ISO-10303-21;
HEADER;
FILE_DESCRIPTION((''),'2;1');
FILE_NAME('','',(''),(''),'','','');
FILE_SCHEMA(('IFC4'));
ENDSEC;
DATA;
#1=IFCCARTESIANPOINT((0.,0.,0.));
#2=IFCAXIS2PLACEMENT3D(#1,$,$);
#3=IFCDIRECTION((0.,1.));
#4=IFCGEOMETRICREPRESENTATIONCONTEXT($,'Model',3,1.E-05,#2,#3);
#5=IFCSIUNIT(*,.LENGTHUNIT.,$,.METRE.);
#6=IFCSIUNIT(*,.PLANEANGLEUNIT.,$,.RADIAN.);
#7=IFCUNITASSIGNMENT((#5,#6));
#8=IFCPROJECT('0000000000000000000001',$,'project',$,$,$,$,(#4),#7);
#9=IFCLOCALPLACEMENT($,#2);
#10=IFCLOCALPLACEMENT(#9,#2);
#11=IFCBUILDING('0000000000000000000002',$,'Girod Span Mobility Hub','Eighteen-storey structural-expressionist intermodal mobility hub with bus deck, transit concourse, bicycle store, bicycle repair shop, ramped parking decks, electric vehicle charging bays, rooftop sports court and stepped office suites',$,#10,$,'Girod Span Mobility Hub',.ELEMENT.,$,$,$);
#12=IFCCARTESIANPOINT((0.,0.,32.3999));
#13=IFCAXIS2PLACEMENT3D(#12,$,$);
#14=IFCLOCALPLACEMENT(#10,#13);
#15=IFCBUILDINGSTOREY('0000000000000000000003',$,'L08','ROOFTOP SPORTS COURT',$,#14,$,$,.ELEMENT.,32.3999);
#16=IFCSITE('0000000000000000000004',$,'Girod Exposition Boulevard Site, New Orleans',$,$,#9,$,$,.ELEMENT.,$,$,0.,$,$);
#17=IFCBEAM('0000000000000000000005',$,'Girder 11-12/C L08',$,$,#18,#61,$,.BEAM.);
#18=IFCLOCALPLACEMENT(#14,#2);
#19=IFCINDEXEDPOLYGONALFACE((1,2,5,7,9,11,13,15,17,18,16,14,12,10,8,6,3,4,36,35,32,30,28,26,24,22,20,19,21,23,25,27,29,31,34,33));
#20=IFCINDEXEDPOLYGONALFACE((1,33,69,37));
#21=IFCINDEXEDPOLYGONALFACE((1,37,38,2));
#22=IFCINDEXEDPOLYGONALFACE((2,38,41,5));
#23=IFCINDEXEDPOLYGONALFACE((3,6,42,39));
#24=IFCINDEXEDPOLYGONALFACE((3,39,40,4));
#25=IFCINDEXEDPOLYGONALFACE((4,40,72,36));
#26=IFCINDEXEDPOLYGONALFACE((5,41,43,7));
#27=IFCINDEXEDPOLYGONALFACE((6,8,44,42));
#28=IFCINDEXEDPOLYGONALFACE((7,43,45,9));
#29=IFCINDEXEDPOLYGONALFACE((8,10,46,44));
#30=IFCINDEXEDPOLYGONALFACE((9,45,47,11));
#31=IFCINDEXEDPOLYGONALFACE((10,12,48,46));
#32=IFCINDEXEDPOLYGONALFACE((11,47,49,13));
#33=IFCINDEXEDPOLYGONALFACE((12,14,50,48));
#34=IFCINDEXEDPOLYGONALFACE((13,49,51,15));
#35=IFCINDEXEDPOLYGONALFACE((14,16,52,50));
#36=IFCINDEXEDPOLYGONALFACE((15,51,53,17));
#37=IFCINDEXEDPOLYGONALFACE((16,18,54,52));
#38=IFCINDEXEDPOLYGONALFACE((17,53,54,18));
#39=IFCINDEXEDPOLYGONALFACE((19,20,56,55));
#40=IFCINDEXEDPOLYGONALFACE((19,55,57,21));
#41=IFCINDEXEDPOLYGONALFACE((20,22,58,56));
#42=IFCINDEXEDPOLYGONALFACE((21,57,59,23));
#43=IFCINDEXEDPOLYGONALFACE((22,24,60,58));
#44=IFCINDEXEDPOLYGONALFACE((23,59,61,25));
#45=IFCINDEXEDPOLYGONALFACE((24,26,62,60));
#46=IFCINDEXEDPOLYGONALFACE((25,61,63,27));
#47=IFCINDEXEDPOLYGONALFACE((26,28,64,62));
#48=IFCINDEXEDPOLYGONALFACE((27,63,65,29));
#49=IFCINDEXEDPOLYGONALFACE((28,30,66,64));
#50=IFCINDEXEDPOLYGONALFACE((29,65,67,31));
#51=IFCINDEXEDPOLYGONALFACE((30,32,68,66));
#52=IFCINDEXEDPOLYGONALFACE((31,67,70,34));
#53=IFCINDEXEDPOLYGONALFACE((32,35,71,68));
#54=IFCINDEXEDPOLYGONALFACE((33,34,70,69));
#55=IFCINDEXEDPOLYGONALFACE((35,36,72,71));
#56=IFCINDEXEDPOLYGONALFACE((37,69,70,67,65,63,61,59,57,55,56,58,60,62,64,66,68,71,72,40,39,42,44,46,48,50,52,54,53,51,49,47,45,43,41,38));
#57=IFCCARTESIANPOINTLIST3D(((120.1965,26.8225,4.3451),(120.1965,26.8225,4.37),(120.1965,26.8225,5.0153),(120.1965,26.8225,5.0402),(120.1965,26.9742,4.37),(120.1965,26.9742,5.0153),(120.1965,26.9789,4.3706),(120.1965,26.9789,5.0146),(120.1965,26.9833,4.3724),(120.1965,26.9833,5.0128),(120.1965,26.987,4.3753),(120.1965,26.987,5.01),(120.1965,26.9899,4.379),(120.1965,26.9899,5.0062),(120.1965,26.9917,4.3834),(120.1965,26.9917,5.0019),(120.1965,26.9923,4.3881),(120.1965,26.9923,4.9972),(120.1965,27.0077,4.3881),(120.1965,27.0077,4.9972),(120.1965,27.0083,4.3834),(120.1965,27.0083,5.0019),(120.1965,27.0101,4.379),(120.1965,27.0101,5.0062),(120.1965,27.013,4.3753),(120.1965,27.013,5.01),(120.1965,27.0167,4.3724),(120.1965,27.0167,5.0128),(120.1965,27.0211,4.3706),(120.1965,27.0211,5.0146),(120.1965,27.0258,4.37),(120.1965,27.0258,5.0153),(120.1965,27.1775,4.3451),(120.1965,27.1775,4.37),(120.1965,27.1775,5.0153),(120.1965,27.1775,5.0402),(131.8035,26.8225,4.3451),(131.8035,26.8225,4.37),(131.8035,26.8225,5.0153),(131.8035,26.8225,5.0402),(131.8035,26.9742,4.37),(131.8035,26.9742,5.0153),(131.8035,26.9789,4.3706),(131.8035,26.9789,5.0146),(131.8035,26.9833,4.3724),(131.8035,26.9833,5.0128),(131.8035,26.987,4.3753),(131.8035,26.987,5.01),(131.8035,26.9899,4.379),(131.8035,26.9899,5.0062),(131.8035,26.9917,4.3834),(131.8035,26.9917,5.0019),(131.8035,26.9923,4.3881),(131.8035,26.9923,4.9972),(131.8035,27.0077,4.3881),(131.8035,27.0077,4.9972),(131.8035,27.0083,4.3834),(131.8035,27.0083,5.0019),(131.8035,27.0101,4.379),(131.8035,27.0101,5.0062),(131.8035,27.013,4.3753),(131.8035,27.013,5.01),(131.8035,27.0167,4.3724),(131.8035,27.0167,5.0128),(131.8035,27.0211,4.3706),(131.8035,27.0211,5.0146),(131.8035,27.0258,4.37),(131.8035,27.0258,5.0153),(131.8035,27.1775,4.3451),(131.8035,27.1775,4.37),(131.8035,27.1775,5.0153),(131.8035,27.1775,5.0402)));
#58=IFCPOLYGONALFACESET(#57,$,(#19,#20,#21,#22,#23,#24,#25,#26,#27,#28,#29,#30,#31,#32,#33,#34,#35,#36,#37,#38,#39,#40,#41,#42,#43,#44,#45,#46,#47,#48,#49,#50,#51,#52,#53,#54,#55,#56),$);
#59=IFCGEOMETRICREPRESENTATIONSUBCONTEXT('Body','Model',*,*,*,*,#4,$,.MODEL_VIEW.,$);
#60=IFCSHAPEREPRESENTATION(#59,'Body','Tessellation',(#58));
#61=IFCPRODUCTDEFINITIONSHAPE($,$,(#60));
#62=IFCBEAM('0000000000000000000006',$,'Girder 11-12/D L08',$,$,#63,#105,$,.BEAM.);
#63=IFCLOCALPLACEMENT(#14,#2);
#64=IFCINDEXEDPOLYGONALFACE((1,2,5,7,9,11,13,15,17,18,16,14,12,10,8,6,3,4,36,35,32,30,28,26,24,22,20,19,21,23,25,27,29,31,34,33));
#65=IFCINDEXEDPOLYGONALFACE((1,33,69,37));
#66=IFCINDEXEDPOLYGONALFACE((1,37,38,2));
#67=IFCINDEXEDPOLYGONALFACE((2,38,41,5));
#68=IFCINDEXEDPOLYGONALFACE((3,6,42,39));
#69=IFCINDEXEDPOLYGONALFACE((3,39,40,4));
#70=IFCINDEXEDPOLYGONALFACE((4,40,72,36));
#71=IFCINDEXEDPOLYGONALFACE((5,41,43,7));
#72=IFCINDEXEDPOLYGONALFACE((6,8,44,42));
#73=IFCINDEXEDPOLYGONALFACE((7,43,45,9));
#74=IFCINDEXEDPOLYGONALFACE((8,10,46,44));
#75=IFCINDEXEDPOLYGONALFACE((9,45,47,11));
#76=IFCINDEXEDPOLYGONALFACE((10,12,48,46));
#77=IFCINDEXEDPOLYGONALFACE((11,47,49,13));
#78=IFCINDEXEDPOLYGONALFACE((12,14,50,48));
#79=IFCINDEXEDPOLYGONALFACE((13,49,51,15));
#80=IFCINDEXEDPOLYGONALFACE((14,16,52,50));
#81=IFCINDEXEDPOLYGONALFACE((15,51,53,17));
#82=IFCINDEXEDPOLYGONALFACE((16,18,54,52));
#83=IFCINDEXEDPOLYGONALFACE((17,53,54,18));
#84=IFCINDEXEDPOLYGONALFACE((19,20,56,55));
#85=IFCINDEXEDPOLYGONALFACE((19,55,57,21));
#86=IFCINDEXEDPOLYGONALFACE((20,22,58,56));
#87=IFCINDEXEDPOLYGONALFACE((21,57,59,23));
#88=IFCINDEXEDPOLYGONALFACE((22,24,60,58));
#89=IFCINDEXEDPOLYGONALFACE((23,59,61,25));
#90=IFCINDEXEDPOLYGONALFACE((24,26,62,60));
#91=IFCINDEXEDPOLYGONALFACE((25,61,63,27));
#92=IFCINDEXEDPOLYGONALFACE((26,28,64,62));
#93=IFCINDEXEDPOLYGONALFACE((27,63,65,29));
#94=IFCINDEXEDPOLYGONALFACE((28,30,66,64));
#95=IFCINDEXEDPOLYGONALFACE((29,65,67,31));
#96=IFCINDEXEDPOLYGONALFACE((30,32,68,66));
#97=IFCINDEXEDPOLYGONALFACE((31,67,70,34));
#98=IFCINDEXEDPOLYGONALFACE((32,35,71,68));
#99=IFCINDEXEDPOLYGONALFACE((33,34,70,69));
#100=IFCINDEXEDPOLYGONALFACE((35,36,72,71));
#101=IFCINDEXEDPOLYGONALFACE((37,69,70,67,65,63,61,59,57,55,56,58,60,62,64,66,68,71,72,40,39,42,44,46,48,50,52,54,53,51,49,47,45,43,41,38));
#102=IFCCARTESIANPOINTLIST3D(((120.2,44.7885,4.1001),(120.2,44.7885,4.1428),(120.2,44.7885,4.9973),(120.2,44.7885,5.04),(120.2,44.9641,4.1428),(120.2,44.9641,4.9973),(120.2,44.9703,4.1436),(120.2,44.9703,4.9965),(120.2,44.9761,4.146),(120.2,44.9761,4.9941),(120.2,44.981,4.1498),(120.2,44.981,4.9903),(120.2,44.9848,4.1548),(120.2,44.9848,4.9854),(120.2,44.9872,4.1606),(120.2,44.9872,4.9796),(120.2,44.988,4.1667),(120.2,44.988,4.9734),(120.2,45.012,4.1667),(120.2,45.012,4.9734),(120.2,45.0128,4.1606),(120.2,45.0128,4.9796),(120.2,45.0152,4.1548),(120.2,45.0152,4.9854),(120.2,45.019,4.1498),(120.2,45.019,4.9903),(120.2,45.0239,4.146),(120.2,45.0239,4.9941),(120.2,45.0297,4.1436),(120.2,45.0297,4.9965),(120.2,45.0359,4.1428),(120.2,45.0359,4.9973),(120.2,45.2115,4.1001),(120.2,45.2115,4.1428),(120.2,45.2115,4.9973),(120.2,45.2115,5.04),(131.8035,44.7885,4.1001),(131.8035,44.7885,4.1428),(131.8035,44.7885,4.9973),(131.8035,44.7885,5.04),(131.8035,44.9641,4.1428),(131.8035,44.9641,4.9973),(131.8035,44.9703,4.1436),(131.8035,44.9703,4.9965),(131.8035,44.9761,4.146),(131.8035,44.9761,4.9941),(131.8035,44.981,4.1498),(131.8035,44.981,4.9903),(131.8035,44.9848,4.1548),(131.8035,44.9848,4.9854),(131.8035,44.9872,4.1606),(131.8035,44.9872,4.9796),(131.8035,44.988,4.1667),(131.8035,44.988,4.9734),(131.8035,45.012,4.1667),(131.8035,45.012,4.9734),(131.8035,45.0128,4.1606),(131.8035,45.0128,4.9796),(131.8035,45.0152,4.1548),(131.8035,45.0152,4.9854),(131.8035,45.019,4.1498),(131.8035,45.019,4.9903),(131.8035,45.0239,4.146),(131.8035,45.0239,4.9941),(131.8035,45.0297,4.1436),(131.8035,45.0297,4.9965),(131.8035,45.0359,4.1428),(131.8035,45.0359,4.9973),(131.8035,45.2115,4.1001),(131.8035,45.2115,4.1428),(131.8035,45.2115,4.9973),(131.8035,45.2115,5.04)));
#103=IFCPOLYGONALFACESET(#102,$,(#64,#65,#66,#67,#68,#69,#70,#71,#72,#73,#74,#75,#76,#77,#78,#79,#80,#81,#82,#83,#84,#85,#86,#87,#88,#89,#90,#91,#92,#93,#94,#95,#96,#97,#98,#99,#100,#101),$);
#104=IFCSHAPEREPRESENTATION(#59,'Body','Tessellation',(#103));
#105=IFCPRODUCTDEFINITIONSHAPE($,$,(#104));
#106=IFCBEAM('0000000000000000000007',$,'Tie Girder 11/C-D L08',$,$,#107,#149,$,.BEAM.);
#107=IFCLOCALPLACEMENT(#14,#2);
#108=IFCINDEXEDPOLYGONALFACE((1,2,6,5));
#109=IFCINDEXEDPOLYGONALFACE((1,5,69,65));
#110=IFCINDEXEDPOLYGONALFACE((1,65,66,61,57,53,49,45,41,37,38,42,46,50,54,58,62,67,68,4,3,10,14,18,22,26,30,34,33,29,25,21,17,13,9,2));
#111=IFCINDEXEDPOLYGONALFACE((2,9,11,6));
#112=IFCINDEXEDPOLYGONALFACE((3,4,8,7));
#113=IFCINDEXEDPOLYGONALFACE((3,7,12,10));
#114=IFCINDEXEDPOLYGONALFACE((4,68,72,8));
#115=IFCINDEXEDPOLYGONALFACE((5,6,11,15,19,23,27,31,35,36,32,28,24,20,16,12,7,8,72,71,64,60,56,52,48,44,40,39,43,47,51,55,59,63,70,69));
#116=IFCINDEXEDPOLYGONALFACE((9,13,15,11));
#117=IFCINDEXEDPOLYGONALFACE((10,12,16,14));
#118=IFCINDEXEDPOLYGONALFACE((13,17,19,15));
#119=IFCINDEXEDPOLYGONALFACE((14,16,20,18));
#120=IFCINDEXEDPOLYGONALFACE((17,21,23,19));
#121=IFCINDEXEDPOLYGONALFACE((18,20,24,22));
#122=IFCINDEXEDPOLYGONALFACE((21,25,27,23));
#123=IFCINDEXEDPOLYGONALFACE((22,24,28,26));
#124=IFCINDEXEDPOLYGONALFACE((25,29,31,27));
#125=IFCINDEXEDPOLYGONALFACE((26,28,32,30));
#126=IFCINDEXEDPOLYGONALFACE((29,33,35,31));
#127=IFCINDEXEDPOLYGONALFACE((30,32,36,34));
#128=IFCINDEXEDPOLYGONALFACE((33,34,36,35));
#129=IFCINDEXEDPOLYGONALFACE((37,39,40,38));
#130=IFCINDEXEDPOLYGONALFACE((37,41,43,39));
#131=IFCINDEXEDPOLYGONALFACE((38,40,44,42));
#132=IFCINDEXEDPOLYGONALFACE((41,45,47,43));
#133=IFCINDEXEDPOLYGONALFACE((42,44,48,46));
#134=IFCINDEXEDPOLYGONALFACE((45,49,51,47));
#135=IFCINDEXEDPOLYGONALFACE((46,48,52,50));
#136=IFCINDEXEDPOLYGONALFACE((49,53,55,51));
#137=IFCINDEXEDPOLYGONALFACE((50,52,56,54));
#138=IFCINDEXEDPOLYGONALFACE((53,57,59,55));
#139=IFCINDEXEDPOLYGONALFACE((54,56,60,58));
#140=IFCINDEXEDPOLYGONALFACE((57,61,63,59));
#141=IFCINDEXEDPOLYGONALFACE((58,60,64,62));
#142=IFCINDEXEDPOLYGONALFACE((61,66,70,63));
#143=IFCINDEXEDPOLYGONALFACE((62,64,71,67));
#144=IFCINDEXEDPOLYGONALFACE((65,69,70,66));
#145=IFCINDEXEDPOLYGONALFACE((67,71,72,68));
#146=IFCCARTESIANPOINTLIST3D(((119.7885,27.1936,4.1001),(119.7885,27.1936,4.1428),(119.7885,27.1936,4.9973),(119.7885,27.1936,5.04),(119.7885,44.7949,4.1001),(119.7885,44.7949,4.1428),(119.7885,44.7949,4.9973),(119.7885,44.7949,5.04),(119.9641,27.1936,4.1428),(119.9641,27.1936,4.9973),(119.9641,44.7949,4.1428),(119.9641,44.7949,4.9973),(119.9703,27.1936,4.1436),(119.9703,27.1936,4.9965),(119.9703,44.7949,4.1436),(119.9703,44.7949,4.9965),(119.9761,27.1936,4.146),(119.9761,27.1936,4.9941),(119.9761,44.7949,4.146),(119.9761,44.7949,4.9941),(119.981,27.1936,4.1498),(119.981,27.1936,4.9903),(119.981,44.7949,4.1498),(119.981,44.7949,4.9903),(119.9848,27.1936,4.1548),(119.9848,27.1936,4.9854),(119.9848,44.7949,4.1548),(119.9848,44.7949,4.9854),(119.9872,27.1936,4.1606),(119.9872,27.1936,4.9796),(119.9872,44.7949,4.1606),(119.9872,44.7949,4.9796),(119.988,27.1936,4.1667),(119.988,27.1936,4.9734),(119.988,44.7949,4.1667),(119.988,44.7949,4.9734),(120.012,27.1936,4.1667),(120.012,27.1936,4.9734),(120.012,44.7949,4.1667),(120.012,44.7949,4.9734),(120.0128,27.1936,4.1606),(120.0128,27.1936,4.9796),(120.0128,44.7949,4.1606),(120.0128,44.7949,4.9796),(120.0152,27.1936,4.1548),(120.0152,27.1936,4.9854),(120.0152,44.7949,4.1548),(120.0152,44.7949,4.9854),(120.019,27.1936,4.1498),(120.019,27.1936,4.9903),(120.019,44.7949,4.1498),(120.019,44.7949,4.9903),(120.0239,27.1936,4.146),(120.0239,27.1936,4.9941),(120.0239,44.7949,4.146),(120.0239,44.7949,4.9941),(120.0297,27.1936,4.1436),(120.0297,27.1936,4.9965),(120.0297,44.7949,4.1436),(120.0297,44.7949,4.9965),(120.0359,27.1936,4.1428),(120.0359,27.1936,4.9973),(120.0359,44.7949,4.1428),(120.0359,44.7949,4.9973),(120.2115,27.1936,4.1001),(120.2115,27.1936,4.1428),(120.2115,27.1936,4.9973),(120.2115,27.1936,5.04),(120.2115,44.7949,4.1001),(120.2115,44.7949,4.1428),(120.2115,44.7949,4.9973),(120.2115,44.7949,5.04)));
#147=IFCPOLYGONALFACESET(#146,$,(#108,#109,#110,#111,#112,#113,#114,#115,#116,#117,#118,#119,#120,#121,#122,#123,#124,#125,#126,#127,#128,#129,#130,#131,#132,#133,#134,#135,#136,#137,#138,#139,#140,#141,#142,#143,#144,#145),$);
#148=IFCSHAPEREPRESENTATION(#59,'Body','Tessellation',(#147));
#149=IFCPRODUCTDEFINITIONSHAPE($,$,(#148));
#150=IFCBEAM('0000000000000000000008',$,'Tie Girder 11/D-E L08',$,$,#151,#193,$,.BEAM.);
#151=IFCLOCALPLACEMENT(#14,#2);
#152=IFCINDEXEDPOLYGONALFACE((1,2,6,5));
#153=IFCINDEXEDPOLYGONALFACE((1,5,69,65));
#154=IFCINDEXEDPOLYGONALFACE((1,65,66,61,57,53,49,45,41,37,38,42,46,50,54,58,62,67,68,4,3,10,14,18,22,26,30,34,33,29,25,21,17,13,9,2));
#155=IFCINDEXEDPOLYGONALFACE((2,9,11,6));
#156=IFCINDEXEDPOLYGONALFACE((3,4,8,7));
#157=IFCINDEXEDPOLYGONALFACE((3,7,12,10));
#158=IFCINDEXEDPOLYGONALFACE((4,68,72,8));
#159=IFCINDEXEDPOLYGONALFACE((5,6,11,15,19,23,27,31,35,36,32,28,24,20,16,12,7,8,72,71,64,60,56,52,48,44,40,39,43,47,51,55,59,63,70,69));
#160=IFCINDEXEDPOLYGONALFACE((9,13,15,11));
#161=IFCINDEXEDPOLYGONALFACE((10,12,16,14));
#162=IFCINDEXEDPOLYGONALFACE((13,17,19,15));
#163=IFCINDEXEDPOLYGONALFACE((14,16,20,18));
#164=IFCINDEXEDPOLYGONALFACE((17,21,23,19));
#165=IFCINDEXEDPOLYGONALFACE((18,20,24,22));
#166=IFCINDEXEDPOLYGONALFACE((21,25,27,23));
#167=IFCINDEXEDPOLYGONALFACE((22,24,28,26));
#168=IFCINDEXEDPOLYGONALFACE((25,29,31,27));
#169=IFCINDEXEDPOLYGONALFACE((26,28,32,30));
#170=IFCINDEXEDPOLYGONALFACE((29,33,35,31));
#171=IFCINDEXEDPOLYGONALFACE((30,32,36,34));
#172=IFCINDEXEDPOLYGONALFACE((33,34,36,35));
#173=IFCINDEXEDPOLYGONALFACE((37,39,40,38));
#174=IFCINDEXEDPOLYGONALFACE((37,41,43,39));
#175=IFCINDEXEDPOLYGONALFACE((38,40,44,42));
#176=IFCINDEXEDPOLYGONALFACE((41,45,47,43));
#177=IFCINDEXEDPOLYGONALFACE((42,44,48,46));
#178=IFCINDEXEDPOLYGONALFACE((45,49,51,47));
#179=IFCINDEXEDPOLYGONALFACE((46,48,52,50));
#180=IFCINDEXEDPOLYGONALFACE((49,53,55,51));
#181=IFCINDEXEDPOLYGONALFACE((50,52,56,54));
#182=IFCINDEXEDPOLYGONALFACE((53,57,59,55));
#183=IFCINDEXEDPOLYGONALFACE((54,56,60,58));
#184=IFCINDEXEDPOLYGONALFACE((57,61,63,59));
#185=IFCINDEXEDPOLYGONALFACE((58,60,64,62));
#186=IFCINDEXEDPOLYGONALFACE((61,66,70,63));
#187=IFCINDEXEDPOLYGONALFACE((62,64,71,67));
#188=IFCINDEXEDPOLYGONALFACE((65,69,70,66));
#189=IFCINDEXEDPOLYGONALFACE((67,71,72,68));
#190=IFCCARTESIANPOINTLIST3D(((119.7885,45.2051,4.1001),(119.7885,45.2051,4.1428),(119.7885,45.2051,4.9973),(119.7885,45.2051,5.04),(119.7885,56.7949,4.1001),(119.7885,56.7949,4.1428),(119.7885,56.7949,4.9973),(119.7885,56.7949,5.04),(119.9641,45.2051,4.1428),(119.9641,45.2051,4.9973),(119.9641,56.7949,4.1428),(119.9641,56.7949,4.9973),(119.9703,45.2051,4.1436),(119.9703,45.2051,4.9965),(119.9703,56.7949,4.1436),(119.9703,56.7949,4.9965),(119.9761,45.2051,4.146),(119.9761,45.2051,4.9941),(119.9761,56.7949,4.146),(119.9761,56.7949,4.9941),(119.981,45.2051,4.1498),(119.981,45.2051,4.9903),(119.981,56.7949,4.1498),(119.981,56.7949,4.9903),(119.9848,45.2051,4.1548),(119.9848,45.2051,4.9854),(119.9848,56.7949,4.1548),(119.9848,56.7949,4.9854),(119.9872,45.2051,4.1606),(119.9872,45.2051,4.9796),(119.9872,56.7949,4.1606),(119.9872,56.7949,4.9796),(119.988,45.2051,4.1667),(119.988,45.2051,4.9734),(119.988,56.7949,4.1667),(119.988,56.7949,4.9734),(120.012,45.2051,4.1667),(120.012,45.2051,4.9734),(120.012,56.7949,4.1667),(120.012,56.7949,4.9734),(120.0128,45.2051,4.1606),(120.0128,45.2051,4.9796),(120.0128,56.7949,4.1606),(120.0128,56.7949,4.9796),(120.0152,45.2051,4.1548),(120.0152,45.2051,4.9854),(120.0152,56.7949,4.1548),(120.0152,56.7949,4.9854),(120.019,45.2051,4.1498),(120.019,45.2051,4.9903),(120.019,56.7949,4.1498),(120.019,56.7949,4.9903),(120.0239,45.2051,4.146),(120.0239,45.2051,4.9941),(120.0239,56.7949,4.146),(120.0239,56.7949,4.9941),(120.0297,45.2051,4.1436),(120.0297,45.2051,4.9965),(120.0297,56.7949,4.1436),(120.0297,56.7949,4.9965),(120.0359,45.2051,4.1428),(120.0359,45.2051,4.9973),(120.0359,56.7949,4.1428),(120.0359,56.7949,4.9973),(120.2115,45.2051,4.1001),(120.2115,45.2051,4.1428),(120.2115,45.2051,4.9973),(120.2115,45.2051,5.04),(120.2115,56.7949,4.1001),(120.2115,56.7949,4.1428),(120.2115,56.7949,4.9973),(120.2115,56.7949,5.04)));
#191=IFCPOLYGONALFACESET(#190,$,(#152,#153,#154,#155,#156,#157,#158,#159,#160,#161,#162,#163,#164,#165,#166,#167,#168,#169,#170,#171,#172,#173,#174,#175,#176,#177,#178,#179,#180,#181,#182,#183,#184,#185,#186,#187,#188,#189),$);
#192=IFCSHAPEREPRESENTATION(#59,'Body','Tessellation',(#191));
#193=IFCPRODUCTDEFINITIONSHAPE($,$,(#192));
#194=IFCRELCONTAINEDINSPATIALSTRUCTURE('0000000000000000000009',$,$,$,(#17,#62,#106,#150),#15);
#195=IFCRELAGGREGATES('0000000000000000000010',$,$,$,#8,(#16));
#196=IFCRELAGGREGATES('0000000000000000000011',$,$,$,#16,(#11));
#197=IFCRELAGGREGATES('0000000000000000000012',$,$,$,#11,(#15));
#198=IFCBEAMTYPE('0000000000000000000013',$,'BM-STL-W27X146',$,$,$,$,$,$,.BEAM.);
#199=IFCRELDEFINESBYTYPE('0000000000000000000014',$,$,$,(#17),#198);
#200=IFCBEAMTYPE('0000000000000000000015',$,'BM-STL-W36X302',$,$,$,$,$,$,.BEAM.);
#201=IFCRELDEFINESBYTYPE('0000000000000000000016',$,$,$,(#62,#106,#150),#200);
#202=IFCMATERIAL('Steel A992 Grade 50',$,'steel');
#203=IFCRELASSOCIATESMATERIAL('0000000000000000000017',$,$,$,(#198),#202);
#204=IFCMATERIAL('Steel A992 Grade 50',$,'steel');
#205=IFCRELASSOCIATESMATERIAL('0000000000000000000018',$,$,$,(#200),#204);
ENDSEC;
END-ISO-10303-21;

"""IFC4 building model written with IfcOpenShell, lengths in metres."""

from ifc_helpers import new_model, si_unit, direction, frame, origin, origin_2d, place, context, subcontext, project, spatial, i_section, extrude, material, material_profile, profile_set, type_object, element, save


model = new_model("IFC4")

# Units and contexts
model_context = context("Model", 3, precision=1e-05, world=origin(), true_north=direction((0.0, 1.0)))
body_context = subcontext(model_context, "Body", "Model", "MODEL_VIEW")
ifc_project = project(units=[si_unit("LENGTHUNIT", "METRE"), si_unit("PLANEANGLEUNIT", "RADIAN")], contexts=[model_context])

# Site, building, storey
site_placement = place(None, origin())
site = spatial("IfcSite", under=ifc_project, at=site_placement, Name="Girod Exposition Boulevard Site, New Orleans", CompositionType="ELEMENT", RefElevation=0.0)
building_placement = place(site_placement, origin())
building = spatial("IfcBuilding", under=site, at=building_placement, Name="Girod Span Mobility Hub", Description="Eighteen-storey structural-expressionist intermodal mobility hub with bus deck, transit concourse, bicycle store, bicycle repair shop, ramped parking decks, electric vehicle charging bays, rooftop sports court and stepped office suites", LongName="Girod Span Mobility Hub", CompositionType="ELEMENT")
storey_placement = place(building_placement, frame((0.0, 0.0, 32.3999)))
storey = spatial("IfcBuildingStorey", under=building, at=storey_placement, Name="L08", Description="ROOFTOP SPORTS COURT", CompositionType="ELEMENT", Elevation=32.3999)

# Beams
ifc_material_1 = material(Name="Steel A992 Grade 50", Category="steel")
ifc_material_profile_1 = material_profile(ifc_material_1, i_section(OverallWidth=0.355, OverallDepth=0.6951, WebThickness=0.0154, FlangeThickness=0.0249, FilletRadius=0.0181, at=origin_2d()), Name="W27X146")
ifc_profile_set_1 = profile_set([ifc_material_profile_1], Name="Steel A992 Grade 50")
beam_type_1 = type_object("IfcBeamType", Name="BM-STL-W27X146", PredefinedType="BEAM", material=ifc_profile_set_1)
beam_1_placement = place(storey_placement, frame((120.1965, 27.0, 4.6926), z_axis=(1.0, 0.0, 0.0), x_axis=(0.0, 1.0, 0.0)))
element("IfcBeam", 1, at=beam_1_placement, inside=storey, type_object=beam_type_1, Name="Girder 11-12/C L08", PredefinedType="BEAM", context=body_context, shape_type="SweptSolid", body=[
    extrude(i_section(OverallWidth=0.355, OverallDepth=0.6951, WebThickness=0.0154, FlangeThickness=0.0249, FilletRadius=0.0181, at=origin_2d()), origin(), (0.0, 0.0, 1.0), 11.6069),
])
ifc_material_2 = material(Name="Steel A992 Grade 50", Category="steel")
ifc_material_profile_2 = material_profile(ifc_material_2, i_section(OverallWidth=0.4231, OverallDepth=0.9399, WebThickness=0.0239, FlangeThickness=0.0427, FilletRadius=0.0239, at=origin_2d()), Name="W36X302")
ifc_profile_set_2 = profile_set([ifc_material_profile_2], Name="Steel A992 Grade 50")
beam_type_2 = type_object("IfcBeamType", Name="BM-STL-W36X302", PredefinedType="BEAM", material=ifc_profile_set_2)
beam_2_placement = place(storey_placement, frame((120.2, 45.0, 4.5701), z_axis=(1.0, 0.0, 0.0), x_axis=(0.0, 1.0, 0.0)))
element("IfcBeam", 2, at=beam_2_placement, inside=storey, type_object=beam_type_2, Name="Girder 11-12/D L08", PredefinedType="BEAM", context=body_context, shape_type="SweptSolid", body=[
    extrude(i_section(OverallWidth=0.4231, OverallDepth=0.9399, WebThickness=0.0239, FlangeThickness=0.0427, FilletRadius=0.0239, at=origin_2d()), origin(), (0.0, 0.0, 1.0), 11.6035),
])
beam_3_placement = place(storey_placement, frame((120.0, 27.1936, 4.5701), z_axis=(0.0, 1.0, 0.0), x_axis=(-1.0, 0.0, 0.0)))
element("IfcBeam", 3, at=beam_3_placement, inside=storey, type_object=beam_type_2, Name="Tie Girder 11/C-D L08", PredefinedType="BEAM", context=body_context, shape_type="SweptSolid", body=[
    extrude(i_section(OverallWidth=0.4231, OverallDepth=0.9399, WebThickness=0.0239, FlangeThickness=0.0427, FilletRadius=0.0239, at=origin_2d()), origin(), (0.0, 0.0, 1.0), 17.6013),
])
beam_4_placement = place(storey_placement, frame((120.0, 45.2051, 4.5701), z_axis=(0.0, 1.0, 0.0), x_axis=(-1.0, 0.0, 0.0)))
element("IfcBeam", 4, at=beam_4_placement, inside=storey, type_object=beam_type_2, Name="Tie Girder 11/D-E L08", PredefinedType="BEAM", context=body_context, shape_type="SweptSolid", body=[
    extrude(i_section(OverallWidth=0.4231, OverallDepth=0.9399, WebThickness=0.0239, FlangeThickness=0.0427, FilletRadius=0.0239, at=origin_2d()), origin(), (0.0, 0.0, 1.0), 11.5898),
])

save(model, "model.ifc")
